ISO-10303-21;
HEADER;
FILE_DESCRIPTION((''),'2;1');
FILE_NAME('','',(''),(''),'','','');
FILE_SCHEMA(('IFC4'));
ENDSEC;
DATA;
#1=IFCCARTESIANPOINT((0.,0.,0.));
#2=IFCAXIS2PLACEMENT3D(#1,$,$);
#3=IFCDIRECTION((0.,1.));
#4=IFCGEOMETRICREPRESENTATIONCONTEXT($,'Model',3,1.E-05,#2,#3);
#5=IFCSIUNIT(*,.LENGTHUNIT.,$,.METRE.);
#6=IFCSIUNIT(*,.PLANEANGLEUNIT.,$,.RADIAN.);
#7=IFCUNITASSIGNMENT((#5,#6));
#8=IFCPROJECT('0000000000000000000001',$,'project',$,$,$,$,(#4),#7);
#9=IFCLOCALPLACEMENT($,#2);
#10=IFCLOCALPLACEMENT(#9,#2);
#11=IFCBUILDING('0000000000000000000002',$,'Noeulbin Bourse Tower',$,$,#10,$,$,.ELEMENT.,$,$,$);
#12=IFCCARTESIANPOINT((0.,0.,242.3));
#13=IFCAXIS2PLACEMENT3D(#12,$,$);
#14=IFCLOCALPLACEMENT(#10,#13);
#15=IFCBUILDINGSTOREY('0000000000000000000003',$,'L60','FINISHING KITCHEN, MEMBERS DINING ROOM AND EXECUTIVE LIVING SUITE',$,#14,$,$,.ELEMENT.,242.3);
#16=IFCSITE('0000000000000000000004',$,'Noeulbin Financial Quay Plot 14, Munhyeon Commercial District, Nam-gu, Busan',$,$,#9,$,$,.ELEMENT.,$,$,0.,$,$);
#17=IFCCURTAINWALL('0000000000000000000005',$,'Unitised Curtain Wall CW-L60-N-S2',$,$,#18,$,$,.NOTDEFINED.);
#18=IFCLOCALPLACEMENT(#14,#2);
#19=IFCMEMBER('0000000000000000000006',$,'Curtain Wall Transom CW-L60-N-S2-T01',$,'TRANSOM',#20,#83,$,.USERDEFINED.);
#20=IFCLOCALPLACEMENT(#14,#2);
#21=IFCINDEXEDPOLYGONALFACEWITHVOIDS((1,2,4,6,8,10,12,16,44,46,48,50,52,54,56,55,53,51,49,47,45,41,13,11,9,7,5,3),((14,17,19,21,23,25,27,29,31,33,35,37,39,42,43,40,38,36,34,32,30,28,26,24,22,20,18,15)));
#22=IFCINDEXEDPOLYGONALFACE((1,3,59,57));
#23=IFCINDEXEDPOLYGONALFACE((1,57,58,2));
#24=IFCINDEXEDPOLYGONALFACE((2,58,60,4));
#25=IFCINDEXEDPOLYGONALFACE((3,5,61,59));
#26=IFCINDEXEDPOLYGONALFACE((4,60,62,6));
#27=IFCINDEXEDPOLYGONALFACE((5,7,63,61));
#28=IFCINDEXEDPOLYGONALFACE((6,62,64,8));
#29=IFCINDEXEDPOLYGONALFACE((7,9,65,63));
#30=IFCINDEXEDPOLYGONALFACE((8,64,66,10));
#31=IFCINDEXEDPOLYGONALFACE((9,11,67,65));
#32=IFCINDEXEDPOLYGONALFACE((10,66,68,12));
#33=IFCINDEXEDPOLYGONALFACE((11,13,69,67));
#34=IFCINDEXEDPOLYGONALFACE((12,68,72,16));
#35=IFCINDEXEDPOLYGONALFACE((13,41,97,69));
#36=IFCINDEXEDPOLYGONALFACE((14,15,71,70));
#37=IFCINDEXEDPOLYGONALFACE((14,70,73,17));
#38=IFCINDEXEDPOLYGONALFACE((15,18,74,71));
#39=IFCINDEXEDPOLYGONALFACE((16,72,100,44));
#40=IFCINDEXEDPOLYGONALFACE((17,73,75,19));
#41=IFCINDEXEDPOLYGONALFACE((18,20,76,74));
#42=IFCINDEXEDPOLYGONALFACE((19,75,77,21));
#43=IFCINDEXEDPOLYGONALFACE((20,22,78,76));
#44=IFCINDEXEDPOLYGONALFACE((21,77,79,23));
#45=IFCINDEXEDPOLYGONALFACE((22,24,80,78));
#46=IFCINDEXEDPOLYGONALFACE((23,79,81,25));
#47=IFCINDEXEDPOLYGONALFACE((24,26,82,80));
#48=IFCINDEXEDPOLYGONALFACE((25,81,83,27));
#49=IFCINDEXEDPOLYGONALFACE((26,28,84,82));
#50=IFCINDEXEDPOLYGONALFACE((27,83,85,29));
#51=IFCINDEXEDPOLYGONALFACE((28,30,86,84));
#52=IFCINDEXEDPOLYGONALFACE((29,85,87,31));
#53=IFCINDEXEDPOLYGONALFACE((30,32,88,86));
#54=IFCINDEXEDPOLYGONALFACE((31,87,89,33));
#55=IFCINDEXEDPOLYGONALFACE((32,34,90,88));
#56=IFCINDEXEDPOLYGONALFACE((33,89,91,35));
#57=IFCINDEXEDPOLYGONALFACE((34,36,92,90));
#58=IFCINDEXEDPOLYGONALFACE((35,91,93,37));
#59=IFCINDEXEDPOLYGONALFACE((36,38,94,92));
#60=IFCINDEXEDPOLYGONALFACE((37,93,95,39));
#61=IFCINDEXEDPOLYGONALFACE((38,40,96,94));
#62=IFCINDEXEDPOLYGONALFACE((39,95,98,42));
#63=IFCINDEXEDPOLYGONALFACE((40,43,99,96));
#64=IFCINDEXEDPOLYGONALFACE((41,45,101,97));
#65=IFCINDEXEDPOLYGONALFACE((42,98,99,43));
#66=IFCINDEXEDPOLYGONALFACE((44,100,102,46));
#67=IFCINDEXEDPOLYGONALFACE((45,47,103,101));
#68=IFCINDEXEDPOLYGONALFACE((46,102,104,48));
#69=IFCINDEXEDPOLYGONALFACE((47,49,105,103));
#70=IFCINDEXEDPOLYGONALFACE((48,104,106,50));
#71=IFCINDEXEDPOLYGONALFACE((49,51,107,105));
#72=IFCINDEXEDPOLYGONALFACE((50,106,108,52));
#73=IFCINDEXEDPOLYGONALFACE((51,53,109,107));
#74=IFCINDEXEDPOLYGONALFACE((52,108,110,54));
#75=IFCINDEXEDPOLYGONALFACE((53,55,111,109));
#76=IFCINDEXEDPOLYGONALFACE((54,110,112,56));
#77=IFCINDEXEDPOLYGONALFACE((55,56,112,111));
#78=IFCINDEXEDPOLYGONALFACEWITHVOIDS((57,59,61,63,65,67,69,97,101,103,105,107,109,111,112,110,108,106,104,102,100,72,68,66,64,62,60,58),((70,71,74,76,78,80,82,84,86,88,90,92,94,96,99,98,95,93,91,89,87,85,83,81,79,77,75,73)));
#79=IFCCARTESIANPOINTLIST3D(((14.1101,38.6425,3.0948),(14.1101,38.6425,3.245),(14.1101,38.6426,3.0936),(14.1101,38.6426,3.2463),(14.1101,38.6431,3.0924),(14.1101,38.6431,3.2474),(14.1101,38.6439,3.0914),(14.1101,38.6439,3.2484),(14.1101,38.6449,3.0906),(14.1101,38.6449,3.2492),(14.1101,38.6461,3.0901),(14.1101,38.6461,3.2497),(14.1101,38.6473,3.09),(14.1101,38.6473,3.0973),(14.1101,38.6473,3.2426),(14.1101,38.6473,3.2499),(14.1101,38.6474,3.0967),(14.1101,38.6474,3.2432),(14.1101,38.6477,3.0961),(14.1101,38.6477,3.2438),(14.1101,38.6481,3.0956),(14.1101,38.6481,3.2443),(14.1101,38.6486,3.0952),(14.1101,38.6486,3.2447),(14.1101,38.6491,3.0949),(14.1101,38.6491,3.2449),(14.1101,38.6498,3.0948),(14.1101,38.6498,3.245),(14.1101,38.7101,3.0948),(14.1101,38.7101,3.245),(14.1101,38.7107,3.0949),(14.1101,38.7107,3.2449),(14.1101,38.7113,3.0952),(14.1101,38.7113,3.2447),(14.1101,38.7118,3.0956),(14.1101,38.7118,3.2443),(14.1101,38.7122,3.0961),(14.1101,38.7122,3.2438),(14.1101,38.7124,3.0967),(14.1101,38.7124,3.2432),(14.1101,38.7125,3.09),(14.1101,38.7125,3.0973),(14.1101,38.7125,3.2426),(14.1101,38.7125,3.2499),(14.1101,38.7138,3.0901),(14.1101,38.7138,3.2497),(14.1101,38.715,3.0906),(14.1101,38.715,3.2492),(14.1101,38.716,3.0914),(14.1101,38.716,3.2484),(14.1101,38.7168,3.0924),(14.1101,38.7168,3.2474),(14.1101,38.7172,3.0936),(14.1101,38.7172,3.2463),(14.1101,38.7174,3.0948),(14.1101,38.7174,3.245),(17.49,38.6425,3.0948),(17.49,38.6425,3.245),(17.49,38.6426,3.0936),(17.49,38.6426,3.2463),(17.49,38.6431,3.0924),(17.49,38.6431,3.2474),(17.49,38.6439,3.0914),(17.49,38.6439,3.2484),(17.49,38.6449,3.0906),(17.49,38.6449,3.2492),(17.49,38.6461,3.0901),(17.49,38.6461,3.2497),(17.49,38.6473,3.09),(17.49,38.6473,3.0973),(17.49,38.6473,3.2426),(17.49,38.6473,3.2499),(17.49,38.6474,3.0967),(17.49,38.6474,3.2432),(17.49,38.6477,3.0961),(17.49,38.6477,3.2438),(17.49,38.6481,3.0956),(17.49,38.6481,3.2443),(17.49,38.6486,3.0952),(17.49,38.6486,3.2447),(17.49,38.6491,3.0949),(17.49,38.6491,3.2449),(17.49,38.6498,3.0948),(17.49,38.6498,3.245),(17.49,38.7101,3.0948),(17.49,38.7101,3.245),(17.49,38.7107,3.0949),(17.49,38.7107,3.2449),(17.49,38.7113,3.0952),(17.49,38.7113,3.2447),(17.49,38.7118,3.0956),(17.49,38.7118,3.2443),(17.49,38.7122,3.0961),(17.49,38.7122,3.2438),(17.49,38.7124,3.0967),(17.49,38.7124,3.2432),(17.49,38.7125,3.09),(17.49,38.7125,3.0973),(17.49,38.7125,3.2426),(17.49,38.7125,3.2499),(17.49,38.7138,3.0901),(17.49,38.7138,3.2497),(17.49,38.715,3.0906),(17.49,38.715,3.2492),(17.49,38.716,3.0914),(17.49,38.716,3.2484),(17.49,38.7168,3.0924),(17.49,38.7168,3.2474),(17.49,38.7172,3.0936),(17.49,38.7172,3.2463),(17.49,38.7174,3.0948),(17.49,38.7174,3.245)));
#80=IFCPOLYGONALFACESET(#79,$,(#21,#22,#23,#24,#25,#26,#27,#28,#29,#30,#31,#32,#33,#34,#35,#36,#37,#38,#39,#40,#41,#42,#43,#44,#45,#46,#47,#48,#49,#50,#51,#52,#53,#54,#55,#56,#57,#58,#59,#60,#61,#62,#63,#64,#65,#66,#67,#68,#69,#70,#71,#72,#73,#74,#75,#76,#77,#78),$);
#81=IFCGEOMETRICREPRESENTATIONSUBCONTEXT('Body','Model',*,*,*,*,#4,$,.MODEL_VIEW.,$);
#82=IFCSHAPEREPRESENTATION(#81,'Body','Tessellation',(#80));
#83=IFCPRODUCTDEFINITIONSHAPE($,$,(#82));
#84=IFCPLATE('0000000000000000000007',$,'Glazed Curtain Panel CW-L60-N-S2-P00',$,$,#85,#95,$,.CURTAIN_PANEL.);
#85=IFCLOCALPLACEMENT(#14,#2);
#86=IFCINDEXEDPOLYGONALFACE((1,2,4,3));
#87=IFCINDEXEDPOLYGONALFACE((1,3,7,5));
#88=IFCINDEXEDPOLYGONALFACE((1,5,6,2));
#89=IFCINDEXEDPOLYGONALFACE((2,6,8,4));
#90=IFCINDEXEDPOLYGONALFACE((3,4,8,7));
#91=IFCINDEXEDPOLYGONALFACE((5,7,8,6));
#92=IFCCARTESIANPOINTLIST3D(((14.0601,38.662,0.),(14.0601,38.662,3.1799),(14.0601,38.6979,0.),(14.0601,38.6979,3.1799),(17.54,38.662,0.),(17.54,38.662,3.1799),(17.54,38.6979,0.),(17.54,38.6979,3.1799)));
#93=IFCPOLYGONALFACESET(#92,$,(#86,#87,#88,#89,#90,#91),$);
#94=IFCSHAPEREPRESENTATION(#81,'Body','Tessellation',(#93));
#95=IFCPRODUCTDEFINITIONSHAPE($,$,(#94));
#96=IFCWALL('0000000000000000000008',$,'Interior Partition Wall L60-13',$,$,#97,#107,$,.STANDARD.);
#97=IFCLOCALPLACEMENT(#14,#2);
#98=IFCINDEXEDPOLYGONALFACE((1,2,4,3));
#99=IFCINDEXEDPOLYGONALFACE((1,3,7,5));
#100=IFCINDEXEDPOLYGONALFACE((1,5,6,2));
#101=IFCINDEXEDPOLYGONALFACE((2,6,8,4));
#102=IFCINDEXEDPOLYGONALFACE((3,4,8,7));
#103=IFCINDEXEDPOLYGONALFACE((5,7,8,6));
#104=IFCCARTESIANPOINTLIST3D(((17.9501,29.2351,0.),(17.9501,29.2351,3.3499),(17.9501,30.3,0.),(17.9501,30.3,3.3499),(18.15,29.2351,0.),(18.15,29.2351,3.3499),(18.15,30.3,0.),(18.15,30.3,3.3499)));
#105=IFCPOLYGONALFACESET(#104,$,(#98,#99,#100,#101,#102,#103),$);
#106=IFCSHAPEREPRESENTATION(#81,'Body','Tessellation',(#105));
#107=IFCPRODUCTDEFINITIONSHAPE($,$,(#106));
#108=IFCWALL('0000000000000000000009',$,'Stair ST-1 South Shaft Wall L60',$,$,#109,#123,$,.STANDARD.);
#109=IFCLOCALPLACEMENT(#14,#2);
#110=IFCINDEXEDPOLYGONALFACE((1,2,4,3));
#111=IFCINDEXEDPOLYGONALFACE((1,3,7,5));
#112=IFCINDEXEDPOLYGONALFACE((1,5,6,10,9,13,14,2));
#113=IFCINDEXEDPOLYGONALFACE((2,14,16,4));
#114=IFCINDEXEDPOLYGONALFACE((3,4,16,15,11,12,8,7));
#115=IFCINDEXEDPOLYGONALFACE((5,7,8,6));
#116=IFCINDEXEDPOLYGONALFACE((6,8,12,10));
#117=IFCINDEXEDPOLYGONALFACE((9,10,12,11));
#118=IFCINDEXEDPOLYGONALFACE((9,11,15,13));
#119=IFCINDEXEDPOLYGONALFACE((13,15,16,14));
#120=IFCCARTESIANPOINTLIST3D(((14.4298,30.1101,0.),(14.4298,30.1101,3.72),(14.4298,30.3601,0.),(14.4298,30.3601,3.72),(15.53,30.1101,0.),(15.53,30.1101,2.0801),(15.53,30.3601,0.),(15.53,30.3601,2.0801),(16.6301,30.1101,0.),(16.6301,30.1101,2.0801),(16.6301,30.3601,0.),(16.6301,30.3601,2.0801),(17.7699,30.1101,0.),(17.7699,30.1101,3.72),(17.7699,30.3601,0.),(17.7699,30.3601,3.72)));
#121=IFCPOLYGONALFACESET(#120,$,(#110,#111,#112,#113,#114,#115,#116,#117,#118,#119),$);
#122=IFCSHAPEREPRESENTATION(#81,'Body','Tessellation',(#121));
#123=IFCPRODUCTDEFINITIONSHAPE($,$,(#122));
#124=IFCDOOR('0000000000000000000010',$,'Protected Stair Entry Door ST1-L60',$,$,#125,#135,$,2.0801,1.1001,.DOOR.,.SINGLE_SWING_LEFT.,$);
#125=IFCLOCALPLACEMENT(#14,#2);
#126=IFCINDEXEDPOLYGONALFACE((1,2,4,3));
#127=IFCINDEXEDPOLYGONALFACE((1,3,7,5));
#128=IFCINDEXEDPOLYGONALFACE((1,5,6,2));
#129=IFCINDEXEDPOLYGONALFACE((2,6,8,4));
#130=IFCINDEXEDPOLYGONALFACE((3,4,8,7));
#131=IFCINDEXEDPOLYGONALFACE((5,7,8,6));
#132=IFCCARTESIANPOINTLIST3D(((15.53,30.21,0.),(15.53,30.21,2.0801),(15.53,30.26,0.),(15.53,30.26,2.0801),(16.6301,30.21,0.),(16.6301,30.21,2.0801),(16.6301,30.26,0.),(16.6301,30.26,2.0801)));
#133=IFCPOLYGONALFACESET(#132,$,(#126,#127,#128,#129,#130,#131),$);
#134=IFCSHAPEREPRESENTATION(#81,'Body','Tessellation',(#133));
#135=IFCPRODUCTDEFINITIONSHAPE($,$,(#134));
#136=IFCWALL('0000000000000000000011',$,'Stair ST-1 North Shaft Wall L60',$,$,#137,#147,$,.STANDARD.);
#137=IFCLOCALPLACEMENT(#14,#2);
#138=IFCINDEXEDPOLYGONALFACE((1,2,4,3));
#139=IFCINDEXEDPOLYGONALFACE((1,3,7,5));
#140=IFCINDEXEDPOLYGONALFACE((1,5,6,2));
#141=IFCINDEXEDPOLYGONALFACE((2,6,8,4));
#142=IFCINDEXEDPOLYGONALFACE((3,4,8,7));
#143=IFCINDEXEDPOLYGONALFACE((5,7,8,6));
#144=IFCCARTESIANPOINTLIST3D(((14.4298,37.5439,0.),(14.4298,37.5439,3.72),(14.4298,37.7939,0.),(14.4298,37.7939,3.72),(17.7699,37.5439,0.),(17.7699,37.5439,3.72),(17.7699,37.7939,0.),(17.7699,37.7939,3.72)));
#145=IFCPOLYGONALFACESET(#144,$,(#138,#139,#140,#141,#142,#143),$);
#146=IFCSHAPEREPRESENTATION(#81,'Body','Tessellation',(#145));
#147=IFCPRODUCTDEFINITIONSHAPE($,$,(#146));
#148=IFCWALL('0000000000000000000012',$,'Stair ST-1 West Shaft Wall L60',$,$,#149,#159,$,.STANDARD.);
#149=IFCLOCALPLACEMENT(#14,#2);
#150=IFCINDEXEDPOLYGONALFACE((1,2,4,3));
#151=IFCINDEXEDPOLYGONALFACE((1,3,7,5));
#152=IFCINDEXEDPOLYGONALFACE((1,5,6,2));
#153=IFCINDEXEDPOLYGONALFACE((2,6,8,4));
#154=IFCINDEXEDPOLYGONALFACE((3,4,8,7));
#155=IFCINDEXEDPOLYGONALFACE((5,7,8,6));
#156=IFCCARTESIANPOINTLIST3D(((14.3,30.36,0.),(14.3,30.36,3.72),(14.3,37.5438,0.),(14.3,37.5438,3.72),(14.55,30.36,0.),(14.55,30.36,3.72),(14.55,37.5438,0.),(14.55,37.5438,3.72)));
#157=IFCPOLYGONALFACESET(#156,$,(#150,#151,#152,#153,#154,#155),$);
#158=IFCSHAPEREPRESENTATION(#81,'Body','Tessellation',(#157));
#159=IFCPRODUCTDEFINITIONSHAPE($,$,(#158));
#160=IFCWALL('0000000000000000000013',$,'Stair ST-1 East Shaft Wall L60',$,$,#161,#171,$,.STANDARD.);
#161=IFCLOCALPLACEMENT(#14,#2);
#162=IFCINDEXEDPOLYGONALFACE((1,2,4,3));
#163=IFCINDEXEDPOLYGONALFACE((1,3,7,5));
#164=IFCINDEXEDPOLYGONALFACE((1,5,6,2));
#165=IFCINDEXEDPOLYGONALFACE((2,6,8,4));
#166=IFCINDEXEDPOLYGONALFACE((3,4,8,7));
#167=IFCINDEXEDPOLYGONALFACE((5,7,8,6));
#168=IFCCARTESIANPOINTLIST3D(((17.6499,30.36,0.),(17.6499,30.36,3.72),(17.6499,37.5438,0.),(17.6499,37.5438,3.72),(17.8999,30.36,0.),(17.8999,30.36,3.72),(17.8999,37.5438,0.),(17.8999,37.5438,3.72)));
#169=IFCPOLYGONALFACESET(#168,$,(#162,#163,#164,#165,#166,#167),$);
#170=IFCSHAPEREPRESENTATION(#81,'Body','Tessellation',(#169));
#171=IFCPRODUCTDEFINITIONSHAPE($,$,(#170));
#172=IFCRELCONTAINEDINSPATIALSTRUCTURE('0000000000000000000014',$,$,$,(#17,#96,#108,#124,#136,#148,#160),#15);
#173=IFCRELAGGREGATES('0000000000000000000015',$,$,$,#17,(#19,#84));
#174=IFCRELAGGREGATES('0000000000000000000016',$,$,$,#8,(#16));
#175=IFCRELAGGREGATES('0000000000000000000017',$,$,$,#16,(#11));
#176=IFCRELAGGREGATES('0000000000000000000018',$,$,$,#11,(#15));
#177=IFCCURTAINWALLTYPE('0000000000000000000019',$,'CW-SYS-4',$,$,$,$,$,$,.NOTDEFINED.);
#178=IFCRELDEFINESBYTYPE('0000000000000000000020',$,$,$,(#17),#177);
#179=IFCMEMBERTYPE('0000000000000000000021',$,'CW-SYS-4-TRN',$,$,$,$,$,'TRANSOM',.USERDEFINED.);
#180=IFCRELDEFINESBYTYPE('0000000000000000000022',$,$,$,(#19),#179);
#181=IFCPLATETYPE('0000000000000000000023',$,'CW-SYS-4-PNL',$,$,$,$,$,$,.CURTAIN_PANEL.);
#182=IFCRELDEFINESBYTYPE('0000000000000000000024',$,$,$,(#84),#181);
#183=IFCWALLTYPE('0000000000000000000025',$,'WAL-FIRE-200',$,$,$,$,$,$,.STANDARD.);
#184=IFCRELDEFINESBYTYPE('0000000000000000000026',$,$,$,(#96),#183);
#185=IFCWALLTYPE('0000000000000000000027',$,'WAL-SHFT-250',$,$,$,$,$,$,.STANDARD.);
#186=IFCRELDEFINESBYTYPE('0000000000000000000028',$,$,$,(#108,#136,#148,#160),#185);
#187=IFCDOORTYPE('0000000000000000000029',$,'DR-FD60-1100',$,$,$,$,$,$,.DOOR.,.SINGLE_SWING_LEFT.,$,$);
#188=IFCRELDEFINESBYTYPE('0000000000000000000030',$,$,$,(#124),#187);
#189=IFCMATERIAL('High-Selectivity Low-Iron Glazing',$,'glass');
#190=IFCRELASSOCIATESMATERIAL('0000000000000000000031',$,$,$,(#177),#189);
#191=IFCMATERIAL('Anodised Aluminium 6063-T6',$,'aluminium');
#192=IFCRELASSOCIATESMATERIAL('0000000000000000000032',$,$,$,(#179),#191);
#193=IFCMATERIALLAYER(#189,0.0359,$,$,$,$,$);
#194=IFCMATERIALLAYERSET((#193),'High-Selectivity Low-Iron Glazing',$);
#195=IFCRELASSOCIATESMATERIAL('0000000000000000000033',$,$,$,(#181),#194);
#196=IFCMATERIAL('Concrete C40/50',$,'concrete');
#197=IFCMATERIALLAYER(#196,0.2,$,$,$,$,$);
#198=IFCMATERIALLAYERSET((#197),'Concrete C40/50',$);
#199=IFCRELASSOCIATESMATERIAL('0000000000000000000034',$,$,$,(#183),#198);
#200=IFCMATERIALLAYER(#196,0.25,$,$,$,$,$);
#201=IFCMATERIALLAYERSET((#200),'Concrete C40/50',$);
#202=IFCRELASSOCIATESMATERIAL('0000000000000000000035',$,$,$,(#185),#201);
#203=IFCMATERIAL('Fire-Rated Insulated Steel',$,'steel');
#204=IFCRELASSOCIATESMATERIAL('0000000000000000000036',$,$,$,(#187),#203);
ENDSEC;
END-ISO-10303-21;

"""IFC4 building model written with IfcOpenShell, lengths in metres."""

from ifc_helpers import new_model, si_unit, direction, frame, frame_2d, origin, origin_2d, place, context, subcontext, project, spatial, rectangle, hollow_rectangle, extrude, material, layer, layer_set, material_profile, profile_set, type_object, element, fill, aggregate, save


model = new_model("IFC4")

# Units and contexts
model_context = context("Model", 3, precision=1e-05, world=origin(), true_north=direction((0.0, 1.0)))
body_context = subcontext(model_context, "Body", "Model", "MODEL_VIEW")
ifc_project = project(units=[si_unit("LENGTHUNIT", "METRE"), si_unit("PLANEANGLEUNIT", "RADIAN")], contexts=[model_context])

# Site, building, storey
site_placement = place(None, origin())
site = spatial("IfcSite", under=ifc_project, at=site_placement, Name="Noeulbin Financial Quay Plot 14, Munhyeon Commercial District, Nam-gu, Busan", CompositionType="ELEMENT", RefElevation=0.0)
building_placement = place(site_placement, origin())
building = spatial("IfcBuilding", under=site, at=building_placement, Name="Noeulbin Bourse Tower", CompositionType="ELEMENT")
storey_placement = place(building_placement, frame((0.0, 0.0, 242.3)))
storey = spatial("IfcBuildingStorey", under=building, at=storey_placement, Name="L60", Description="FINISHING KITCHEN, MEMBERS DINING ROOM AND EXECUTIVE LIVING SUITE", CompositionType="ELEMENT", Elevation=242.3)

# Curtain wall, member, plate
ifc_material_1 = material(Name="High-Selectivity Low-Iron Glazing", Category="glass")
curtain_wall_type = type_object("IfcCurtainWallType", Name="CW-SYS-4", PredefinedType="NOTDEFINED", material=ifc_material_1)
curtain_wall_placement = place(storey_placement, origin())
curtain_wall = element("IfcCurtainWall", 1, at=curtain_wall_placement, inside=storey, type_object=curtain_wall_type, Name="Unitised Curtain Wall CW-L60-N-S2", PredefinedType="NOTDEFINED")
ifc_material_2 = material(Name="Anodised Aluminium 6063-T6", Category="aluminium")
ifc_material_profile_1 = material_profile(ifc_material_2, hollow_rectangle(XDim=0.075, YDim=0.1599, WallThickness=0.0049, InnerFilletRadius=0.0024, OuterFilletRadius=0.0049, at=origin_2d()), Name="ALU-TRAN-75x160x5", Category="LoadBearing")
ifc_profile_set_1 = profile_set([ifc_material_profile_1], Name="Anodised Aluminium 6063-T6")
member_type_1 = type_object("IfcMemberType", Name="CW-SYS-4-TRN", ElementType="TRANSOM", PredefinedType="USERDEFINED", material=ifc_profile_set_1)
member_1_placement = place(storey_placement, frame((14.1101, 38.6799, 3.1699), z_axis=(1.0, 0.0, 0.0), x_axis=(0.0, 1.0, 0.0)))
member_1 = element("IfcMember", 2, at=member_1_placement, type_object=member_type_1, Name="Curtain Wall Transom CW-L60-N-S2-T01", ObjectType="TRANSOM", PredefinedType="USERDEFINED", context=body_context, shape_type="SweptSolid", body=[
    extrude(hollow_rectangle(XDim=0.075, YDim=0.1599, WallThickness=0.0049, InnerFilletRadius=0.0024, OuterFilletRadius=0.0049, at=origin_2d()), origin(), (0.0, 0.0, 1.0), 3.3799),
])
ifc_layer_1 = layer(ifc_material_1, 0.0359)
ifc_layer_set_1 = layer_set([ifc_layer_1], Name="High-Selectivity Low-Iron Glazing")
plate_type = type_object("IfcPlateType", Name="CW-SYS-4-PNL", PredefinedType="CURTAIN_PANEL", material=ifc_layer_set_1)
plate_placement = place(storey_placement, frame((15.8, 38.6799, 0.0), z_axis=(0.0, 0.0, 1.0), x_axis=(1.0, 0.0, 0.0)))
plate = element("IfcPlate", 3, at=plate_placement, type_object=plate_type, Name="Glazed Curtain Panel CW-L60-N-S2-P00", PredefinedType="CURTAIN_PANEL", context=body_context, shape_type="SweptSolid", body=[
    extrude(rectangle(XDim=3.48, YDim=0.0359, at=origin_2d()), origin(), (0.0, 0.0, 1.0), 3.1799),
])
aggregate(curtain_wall, [member_1, plate])

# Wall
ifc_material_3 = material(Name="Concrete C40/50", Category="concrete")
ifc_layer_2 = layer(ifc_material_3, 0.2)
ifc_layer_set_2 = layer_set([ifc_layer_2], Name="Concrete C40/50")
wall_type_1 = type_object("IfcWallType", Name="WAL-FIRE-200", PredefinedType="STANDARD", material=ifc_layer_set_2)
wall_1_placement = place(storey_placement, frame((18.05, 29.2351, 0.0), z_axis=(0.0, 0.0, 1.0), x_axis=(0.0, 1.0, 0.0)))
element("IfcWall", 4, at=wall_1_placement, inside=storey, type_object=wall_type_1, Name="Interior Partition Wall L60-13", PredefinedType="STANDARD", context=body_context, shape_type="SweptSolid", body=[
    extrude(rectangle(XDim=1.0649, YDim=0.2, at=frame_2d((0.5325, 0.0))), origin(), (0.0, 0.0, 1.0), 3.3499),
])

# Wall, opening, door
ifc_layer_3 = layer(ifc_material_3, 0.25)
ifc_layer_set_3 = layer_set([ifc_layer_3], Name="Concrete C40/50")
wall_type_2 = type_object("IfcWallType", Name="WAL-SHFT-250", PredefinedType="STANDARD", material=ifc_layer_set_3)
wall_2_placement = place(storey_placement, frame((14.4299, 30.2351, 0.0), z_axis=(0.0, 0.0, 1.0), x_axis=(1.0, 0.0, 0.0)))
wall_2 = element("IfcWall", 5, at=wall_2_placement, inside=storey, type_object=wall_type_2, Name="Stair ST-1 South Shaft Wall L60", PredefinedType="STANDARD", context=body_context, shape_type="SweptSolid", body=[
    extrude(rectangle(XDim=3.3401, YDim=0.25, at=frame_2d((1.6699, 0.0))), origin(), (0.0, 0.0, 1.0), 3.72),
])
opening_placement = place(wall_2_placement, frame((1.1001, 0.0, 0.0)))
opening = element("IfcOpeningElement", 6, at=opening_placement, cuts=wall_2, PredefinedType="OPENING", context=body_context, shape_type="SweptSolid", body=[
    extrude(rectangle(XDim=1.1001, YDim=2.0801, at=frame_2d((0.55, 1.04))), frame((0.0, 0.135, 0.0), z_axis=(0.0, -1.0, 0.0), x_axis=(1.0, 0.0, 0.0)), (0.0, 0.0, 1.0), 0.27),
])
ifc_material_4 = material(Name="Fire-Rated Insulated Steel", Category="steel")
door_type = type_object("IfcDoorType", Name="DR-FD60-1100", OperationType="SINGLE_SWING_LEFT", PredefinedType="DOOR", material=ifc_material_4)
door_placement = place(opening_placement, origin())
door = element("IfcDoor", 7, at=door_placement, inside=storey, type_object=door_type, Name="Protected Stair Entry Door ST1-L60", OperationType="SINGLE_SWING_LEFT", OverallHeight=2.0801, OverallWidth=1.1001, PredefinedType="DOOR", context=body_context, shape_type="SweptSolid", body=[
    extrude(rectangle(XDim=1.1001, YDim=2.0801, at=frame_2d((0.55, 1.04))), frame((0.0, 0.0249, 0.0), z_axis=(0.0, -1.0, 0.0), x_axis=(1.0, 0.0, 0.0)), (0.0, 0.0, 1.0), 0.05),
])
fill(opening, door)

# Walls
wall_3_placement = place(storey_placement, frame((14.4299, 37.6689, 0.0), z_axis=(0.0, 0.0, 1.0), x_axis=(1.0, 0.0, 0.0)))
element("IfcWall", 8, at=wall_3_placement, inside=storey, type_object=wall_type_2, Name="Stair ST-1 North Shaft Wall L60", PredefinedType="STANDARD", context=body_context, shape_type="SweptSolid", body=[
    extrude(rectangle(XDim=3.3401, YDim=0.25, at=frame_2d((1.6699, 0.0))), origin(), (0.0, 0.0, 1.0), 3.72),
])
for number, where, z_axis, x_axis, name in (
    (9, (14.425, 30.3601, 0.0), (0.0, 0.0, 1.0), (0.0, 1.0, 0.0), "Stair ST-1 West Shaft Wall L60"),
    (10, (17.7749, 30.3601, 0.0), (0.0, 0.0, 1.0), (0.0, 1.0, 0.0), "Stair ST-1 East Shaft Wall L60"),
):
    element("IfcWall", number, at=place(storey_placement, frame(where, z_axis=z_axis, x_axis=x_axis)), inside=storey, type_object=wall_type_2, Name=name, PredefinedType="STANDARD", context=body_context, shape_type="SweptSolid", body=[
        extrude(rectangle(XDim=7.1838, YDim=0.25, at=frame_2d((3.5918, 0.0))), origin(), (0.0, 0.0, 1.0), 3.72),
    ])

save(model, "model.ifc")
